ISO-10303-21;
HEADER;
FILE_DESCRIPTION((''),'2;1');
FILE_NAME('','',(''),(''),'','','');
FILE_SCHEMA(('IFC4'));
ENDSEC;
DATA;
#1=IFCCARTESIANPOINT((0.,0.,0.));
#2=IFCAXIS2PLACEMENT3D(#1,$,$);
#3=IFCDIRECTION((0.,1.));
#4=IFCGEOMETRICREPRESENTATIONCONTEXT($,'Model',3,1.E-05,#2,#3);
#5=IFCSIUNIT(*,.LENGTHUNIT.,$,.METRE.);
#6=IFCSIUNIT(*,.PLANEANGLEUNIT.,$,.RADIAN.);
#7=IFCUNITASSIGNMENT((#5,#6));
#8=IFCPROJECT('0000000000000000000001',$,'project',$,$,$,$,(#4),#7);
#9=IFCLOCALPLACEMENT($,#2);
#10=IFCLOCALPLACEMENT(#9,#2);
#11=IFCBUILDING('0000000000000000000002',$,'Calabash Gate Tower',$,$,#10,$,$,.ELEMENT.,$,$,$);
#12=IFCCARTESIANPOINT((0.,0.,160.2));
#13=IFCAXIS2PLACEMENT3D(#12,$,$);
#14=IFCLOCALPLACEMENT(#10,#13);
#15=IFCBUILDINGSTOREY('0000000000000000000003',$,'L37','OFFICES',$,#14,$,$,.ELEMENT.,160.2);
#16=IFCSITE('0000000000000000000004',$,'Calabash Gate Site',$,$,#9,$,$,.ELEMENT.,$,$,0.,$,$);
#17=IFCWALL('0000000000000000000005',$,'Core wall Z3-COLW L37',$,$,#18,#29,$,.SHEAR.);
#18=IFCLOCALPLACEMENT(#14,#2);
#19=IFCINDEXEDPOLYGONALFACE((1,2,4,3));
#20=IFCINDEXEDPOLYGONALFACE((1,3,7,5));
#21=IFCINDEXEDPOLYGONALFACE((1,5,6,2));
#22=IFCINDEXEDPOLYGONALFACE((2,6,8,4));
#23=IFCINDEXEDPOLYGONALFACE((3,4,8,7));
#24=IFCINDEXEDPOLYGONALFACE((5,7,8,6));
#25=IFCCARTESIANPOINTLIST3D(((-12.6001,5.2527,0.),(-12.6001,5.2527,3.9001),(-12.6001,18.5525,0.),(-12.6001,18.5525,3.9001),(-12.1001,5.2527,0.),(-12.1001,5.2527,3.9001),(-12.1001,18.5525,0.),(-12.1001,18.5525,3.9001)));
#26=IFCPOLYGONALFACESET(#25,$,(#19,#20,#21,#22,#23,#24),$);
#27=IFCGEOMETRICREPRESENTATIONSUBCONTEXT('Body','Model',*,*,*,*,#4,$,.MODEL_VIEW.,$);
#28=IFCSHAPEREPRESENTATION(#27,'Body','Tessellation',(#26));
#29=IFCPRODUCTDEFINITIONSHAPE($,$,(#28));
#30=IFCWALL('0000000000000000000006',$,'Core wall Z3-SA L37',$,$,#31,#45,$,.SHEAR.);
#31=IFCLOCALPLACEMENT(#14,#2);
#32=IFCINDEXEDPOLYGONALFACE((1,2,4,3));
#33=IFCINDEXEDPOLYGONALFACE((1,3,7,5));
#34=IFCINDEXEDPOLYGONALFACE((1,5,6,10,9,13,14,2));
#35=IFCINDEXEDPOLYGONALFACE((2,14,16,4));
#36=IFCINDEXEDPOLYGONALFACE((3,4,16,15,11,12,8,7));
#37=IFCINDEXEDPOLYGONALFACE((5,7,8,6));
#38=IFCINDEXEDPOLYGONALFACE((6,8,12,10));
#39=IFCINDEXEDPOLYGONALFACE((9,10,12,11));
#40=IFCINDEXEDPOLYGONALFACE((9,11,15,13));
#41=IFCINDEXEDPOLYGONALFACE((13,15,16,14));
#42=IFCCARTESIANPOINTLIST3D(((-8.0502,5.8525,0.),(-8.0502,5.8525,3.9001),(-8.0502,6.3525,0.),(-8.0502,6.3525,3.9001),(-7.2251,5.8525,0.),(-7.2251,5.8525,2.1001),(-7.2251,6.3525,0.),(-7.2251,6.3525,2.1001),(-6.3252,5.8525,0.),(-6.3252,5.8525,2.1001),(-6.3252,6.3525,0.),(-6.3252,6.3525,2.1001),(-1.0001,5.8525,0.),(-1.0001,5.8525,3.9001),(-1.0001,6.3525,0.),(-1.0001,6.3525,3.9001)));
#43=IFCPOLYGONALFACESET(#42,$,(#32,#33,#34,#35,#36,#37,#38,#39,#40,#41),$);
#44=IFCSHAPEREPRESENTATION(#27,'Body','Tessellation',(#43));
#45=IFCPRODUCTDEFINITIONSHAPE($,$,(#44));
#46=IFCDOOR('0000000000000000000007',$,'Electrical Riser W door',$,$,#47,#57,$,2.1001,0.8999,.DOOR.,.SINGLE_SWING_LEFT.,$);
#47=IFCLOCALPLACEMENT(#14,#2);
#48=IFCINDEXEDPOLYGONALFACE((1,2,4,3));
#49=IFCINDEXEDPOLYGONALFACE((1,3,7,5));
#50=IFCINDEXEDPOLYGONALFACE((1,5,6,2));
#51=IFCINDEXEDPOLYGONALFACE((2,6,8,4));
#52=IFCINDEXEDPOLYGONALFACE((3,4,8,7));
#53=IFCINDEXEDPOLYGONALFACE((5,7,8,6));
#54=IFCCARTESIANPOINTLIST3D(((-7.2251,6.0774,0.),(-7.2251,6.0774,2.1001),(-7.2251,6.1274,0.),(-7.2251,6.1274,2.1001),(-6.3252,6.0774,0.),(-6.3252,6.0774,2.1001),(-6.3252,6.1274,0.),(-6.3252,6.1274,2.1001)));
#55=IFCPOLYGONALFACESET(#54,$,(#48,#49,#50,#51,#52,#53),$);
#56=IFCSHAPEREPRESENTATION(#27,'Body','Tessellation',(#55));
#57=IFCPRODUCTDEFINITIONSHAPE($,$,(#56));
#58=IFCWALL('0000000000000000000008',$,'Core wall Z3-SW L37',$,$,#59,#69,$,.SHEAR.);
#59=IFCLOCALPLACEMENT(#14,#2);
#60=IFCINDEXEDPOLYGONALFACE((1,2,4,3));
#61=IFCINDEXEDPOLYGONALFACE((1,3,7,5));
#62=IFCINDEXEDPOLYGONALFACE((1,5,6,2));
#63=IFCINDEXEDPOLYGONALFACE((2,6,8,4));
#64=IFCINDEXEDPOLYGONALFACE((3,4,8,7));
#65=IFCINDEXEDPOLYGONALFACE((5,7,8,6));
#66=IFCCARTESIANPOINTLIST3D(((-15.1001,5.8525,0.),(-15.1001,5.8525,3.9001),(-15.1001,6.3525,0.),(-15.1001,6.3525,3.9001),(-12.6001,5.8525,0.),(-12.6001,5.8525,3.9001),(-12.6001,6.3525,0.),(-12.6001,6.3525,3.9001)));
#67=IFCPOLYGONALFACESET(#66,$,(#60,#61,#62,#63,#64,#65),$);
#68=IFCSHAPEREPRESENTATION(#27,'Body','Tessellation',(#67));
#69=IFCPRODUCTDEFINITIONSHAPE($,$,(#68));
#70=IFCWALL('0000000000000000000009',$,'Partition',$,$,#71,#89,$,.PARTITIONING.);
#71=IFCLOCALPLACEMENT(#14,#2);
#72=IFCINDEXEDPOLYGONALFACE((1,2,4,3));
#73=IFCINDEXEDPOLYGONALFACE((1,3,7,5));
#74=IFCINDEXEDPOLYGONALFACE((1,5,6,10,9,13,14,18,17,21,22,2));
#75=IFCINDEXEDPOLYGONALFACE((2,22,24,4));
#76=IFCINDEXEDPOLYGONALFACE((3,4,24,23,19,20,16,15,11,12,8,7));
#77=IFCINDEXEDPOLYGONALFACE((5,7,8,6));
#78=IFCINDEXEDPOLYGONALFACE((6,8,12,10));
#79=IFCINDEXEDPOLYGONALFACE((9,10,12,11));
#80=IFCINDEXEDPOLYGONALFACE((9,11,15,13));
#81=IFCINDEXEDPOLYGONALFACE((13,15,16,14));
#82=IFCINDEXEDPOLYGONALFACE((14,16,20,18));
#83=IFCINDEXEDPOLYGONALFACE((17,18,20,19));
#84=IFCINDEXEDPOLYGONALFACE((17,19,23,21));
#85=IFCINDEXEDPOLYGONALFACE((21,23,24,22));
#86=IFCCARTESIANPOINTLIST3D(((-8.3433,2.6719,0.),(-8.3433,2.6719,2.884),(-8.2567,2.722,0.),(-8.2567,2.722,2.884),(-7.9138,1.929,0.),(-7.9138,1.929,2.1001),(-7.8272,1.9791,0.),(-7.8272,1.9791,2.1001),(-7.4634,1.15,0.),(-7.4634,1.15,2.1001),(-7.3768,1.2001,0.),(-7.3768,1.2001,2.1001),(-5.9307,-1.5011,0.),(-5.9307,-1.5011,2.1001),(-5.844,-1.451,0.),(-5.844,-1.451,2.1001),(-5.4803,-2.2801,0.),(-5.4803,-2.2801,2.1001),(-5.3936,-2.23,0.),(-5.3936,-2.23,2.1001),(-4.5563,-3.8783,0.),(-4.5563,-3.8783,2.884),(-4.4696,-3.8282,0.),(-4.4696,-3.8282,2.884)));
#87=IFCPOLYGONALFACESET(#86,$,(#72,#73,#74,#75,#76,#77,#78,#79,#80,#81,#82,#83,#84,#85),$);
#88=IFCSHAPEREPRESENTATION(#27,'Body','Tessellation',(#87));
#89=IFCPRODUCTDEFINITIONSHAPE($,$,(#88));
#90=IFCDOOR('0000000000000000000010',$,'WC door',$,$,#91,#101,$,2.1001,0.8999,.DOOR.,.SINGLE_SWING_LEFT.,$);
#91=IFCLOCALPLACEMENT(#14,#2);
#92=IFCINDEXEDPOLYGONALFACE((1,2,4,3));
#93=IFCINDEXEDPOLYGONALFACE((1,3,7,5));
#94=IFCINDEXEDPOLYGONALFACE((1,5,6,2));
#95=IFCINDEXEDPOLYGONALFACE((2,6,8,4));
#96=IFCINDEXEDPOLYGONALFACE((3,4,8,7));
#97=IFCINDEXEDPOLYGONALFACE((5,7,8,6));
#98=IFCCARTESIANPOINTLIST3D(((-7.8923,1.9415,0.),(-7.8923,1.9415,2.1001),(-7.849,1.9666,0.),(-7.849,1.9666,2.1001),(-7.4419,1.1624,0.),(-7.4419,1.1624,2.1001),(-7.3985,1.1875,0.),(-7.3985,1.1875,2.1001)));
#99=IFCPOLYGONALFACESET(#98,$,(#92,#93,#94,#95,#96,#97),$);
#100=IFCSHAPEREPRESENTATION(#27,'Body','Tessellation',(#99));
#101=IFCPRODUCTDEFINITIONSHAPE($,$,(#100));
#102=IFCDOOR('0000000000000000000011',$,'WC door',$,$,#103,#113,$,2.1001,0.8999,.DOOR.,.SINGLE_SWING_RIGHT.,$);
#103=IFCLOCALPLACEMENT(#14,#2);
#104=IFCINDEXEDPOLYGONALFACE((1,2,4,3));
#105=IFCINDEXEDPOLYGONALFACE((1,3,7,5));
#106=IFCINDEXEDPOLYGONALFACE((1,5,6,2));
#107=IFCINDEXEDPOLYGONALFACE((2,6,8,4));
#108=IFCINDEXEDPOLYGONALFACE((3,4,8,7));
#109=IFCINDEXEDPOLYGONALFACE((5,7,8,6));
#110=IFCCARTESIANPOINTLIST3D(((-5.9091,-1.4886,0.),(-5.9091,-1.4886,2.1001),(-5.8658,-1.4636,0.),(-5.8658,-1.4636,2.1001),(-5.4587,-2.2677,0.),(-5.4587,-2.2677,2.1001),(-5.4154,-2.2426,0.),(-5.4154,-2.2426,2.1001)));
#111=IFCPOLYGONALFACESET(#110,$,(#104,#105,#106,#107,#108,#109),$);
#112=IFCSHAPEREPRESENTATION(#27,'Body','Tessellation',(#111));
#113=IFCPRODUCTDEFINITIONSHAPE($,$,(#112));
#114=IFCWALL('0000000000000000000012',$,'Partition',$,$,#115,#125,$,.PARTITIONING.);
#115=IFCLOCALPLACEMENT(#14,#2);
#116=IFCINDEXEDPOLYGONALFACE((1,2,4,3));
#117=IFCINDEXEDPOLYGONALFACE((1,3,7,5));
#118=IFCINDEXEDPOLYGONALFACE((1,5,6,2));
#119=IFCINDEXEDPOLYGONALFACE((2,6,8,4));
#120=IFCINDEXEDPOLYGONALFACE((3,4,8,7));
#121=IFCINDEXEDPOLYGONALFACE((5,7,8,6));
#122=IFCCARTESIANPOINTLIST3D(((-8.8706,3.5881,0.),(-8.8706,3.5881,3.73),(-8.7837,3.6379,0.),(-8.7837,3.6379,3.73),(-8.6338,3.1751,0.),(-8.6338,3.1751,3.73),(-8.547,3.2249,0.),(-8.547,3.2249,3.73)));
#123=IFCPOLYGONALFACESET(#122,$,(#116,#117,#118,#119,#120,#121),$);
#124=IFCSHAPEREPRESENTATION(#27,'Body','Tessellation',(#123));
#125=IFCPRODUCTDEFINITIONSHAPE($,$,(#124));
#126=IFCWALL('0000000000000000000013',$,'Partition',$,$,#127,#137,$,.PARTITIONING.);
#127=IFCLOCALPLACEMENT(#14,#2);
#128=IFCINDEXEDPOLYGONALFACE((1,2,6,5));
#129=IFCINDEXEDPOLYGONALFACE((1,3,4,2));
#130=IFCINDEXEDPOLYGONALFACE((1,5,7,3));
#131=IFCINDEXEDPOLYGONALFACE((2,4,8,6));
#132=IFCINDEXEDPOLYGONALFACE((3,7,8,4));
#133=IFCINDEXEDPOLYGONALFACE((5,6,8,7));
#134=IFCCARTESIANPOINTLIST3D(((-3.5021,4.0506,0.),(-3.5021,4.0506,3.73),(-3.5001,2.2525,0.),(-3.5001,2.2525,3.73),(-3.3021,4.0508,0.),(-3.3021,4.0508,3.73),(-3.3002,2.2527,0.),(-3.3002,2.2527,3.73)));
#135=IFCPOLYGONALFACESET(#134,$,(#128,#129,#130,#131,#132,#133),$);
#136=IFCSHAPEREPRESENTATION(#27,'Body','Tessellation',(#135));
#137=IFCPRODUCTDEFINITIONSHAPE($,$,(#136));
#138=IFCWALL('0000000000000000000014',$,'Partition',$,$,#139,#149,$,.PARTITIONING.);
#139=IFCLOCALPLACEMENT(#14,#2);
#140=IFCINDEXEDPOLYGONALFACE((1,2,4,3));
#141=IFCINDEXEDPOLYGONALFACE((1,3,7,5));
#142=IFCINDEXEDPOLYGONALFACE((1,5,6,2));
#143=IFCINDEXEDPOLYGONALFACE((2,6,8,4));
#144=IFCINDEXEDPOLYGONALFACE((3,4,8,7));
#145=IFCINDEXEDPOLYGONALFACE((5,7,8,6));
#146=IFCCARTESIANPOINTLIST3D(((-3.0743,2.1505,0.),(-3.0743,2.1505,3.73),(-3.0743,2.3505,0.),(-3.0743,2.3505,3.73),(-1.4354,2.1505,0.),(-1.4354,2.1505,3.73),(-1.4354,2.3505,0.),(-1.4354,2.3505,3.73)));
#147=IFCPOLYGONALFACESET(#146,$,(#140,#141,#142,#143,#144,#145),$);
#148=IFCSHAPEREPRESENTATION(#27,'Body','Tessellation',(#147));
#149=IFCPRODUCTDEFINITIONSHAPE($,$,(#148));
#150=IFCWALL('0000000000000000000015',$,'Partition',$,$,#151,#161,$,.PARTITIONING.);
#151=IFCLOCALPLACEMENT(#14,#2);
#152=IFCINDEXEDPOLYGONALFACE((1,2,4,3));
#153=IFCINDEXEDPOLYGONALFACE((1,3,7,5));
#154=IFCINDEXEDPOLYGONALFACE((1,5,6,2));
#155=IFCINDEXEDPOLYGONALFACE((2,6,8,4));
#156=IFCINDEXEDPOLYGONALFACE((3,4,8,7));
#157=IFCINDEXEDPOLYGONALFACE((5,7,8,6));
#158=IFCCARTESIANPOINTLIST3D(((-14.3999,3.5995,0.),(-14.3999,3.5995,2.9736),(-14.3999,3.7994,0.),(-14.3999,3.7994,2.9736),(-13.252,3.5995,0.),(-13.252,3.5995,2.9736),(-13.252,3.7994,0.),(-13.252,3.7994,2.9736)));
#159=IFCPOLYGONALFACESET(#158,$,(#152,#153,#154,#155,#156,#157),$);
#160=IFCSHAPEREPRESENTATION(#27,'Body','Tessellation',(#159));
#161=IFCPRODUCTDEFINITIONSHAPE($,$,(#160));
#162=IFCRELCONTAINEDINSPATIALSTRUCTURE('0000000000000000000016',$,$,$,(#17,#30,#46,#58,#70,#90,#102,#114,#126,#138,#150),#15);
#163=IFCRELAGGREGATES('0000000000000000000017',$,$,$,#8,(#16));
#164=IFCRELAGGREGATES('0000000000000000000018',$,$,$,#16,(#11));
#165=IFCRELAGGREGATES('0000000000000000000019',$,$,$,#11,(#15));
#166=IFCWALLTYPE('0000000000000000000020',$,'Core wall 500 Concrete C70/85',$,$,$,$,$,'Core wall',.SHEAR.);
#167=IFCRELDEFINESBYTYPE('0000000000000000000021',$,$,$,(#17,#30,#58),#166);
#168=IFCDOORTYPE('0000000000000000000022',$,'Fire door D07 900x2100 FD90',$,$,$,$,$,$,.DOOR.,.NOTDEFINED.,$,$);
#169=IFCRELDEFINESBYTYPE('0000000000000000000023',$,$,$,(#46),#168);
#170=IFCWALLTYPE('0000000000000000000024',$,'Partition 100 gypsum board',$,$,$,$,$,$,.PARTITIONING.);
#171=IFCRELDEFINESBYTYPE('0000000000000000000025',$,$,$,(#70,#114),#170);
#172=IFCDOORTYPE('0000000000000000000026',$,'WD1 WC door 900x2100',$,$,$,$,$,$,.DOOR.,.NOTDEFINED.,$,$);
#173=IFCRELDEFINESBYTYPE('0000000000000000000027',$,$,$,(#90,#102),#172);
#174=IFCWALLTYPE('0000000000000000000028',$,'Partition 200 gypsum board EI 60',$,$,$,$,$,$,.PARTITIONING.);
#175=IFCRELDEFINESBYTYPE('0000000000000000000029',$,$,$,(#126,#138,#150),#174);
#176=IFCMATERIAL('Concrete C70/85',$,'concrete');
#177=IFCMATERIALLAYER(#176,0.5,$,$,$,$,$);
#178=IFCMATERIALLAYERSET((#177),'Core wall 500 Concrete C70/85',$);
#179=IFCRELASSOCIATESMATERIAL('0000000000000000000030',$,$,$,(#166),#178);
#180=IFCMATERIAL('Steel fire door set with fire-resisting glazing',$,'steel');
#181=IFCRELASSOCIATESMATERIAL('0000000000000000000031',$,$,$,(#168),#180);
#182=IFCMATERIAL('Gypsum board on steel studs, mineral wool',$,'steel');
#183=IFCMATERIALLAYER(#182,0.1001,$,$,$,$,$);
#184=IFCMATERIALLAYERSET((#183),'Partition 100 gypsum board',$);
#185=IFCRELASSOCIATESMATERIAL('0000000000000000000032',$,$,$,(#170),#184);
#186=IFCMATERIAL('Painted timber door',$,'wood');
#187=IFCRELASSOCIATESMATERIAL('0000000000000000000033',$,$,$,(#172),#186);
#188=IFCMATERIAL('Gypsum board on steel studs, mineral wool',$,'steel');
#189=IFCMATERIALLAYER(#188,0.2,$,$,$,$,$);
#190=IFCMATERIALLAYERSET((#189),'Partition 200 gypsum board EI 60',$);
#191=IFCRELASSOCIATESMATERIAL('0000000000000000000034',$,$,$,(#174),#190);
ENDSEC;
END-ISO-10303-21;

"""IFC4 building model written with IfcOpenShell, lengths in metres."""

from ifc_helpers import new_model, si_unit, direction, frame, frame_2d, origin, place, context, subcontext, project, spatial, rectangle, extrude, material, layer, layer_set, type_object, element, fill, save


model = new_model("IFC4")

# Units and contexts
model_context = context("Model", 3, precision=1e-05, world=origin(), true_north=direction((0.0, 1.0)))
body_context = subcontext(model_context, "Body", "Model", "MODEL_VIEW")
ifc_project = project(units=[si_unit("LENGTHUNIT", "METRE"), si_unit("PLANEANGLEUNIT", "RADIAN")], contexts=[model_context])

# Site, building, storey
site_placement = place(None, origin())
site = spatial("IfcSite", under=ifc_project, at=site_placement, Name="Calabash Gate Site", CompositionType="ELEMENT", RefElevation=0.0)
building_placement = place(site_placement, origin())
building = spatial("IfcBuilding", under=site, at=building_placement, Name="Calabash Gate Tower", CompositionType="ELEMENT")
storey_placement = place(building_placement, frame((0.0, 0.0, 160.2)))
storey = spatial("IfcBuildingStorey", under=building, at=storey_placement, Name="L37", Description="OFFICES", CompositionType="ELEMENT", Elevation=160.2)

# Wall
ifc_material_1 = material(Name="Concrete C70/85", Category="concrete")
ifc_layer_1 = layer(ifc_material_1, 0.5)
ifc_layer_set_1 = layer_set([ifc_layer_1], Name="Core wall 500 Concrete C70/85")
wall_type_1 = type_object("IfcWallType", Name="Core wall 500 Concrete C70/85", ElementType="Core wall", PredefinedType="SHEAR", material=ifc_layer_set_1)
wall_1_placement = place(storey_placement, frame((-12.3501, 5.2527, 0.0), z_axis=(0.0, 0.0, 1.0), x_axis=(0.0, 1.0, 0.0)))
element("IfcWall", 1, at=wall_1_placement, inside=storey, type_object=wall_type_1, Name="Core wall Z3-COLW L37", PredefinedType="SHEAR", context=body_context, shape_type="SweptSolid", body=[
    extrude(rectangle(XDim=13.2998, YDim=0.5, at=frame_2d((6.6499, 0.0))), origin(), (0.0, 0.0, 1.0), 3.9001),
])

# Wall, opening, door
wall_2_placement = place(storey_placement, frame((-8.05, 6.1025, 0.0), z_axis=(0.0, 0.0, 1.0), x_axis=(1.0, 0.0, 0.0)))
wall_2 = element("IfcWall", 2, at=wall_2_placement, inside=storey, type_object=wall_type_1, Name="Core wall Z3-SA L37", PredefinedType="SHEAR", context=body_context, shape_type="SweptSolid", body=[
    extrude(rectangle(XDim=7.05, YDim=0.5, at=frame_2d((3.5249, 0.0))), origin(), (0.0, 0.0, 1.0), 3.9001),
])
opening_1_placement = place(wall_2_placement, frame((0.825, 0.0, 0.0)))
opening_1 = element("IfcOpeningElement", 3, at=opening_1_placement, cuts=wall_2, PredefinedType="OPENING", context=body_context, shape_type="SweptSolid", body=[
    extrude(rectangle(XDim=0.8999, YDim=2.1001, at=frame_2d((0.45, 1.05))), frame((0.0, 0.26, 0.0), z_axis=(0.0, -1.0, 0.0), x_axis=(1.0, 0.0, 0.0)), (0.0, 0.0, 1.0), 0.52),
])
ifc_material_2 = material(Name="Steel fire door set with fire-resisting glazing", Category="steel")
door_type_1 = type_object("IfcDoorType", Name="Fire door D07 900x2100 FD90", OperationType="NOTDEFINED", PredefinedType="DOOR", material=ifc_material_2)
door_1_placement = place(opening_1_placement, origin())
door_1 = element("IfcDoor", 4, at=door_1_placement, inside=storey, type_object=door_type_1, Name="Electrical Riser W door", OperationType="SINGLE_SWING_LEFT", OverallHeight=2.1001, OverallWidth=0.8999, PredefinedType="DOOR", context=body_context, shape_type="SweptSolid", body=[
    extrude(rectangle(XDim=0.8999, YDim=2.1001, at=frame_2d((0.45, 1.05))), frame((0.0, 0.0249, 0.0), z_axis=(0.0, -1.0, 0.0), x_axis=(1.0, 0.0, 0.0)), (0.0, 0.0, 1.0), 0.05),
])
fill(opening_1, door_1)

# Wall
wall_3_placement = place(storey_placement, frame((-12.6001, 6.1025, 0.0), z_axis=(0.0, 0.0, 1.0), x_axis=(-1.0, 0.0, 0.0)))
element("IfcWall", 5, at=wall_3_placement, inside=storey, type_object=wall_type_1, Name="Core wall Z3-SW L37", PredefinedType="SHEAR", context=body_context, shape_type="SweptSolid", body=[
    extrude(rectangle(XDim=2.5, YDim=0.5, at=frame_2d((1.25, 0.0))), origin(), (0.0, 0.0, 1.0), 3.9001),
])

# Wall, openings, doors
ifc_material_3 = material(Name="Gypsum board on steel studs, mineral wool", Category="steel")
ifc_layer_2 = layer(ifc_material_3, 0.1001)
ifc_layer_set_2 = layer_set([ifc_layer_2], Name="Partition 100 gypsum board")
wall_type_2 = type_object("IfcWallType", Name="Partition 100 gypsum board", PredefinedType="PARTITIONING", material=ifc_layer_set_2)
wall_4_placement = place(storey_placement, frame((-8.3, 2.697, 0.0), z_axis=(0.0, 0.0, 1.0), x_axis=(0.500525, -0.865722, 0.0)))
wall_4 = element("IfcWall", 6, at=wall_4_placement, inside=storey, type_object=wall_type_2, Name="Partition", PredefinedType="PARTITIONING", context=body_context, shape_type="SweptSolid", body=[
    extrude(rectangle(XDim=7.5662, YDim=0.1001, at=frame_2d((3.7832, 0.0))), origin(), (0.0, 0.0, 1.0), 2.884),
])
opening_2_placement = place(wall_4_placement, frame((0.8582, 0.0, 0.0)))
opening_2 = element("IfcOpeningElement", 7, at=opening_2_placement, cuts=wall_4, PredefinedType="OPENING", context=body_context, shape_type="SweptSolid", body=[
    extrude(rectangle(XDim=0.8999, YDim=2.1001, at=frame_2d((0.45, 1.05))), frame((0.0, 0.0601, 0.0), z_axis=(0.0, -1.0, 0.0), x_axis=(1.0, 0.0, 0.0)), (0.0, 0.0, 1.0), 0.1201),
])
opening_3_placement = place(wall_4_placement, frame((4.8203, 0.0, 0.0)))
opening_3 = element("IfcOpeningElement", 8, at=opening_3_placement, cuts=wall_4, PredefinedType="OPENING", context=body_context, shape_type="SweptSolid", body=[
    extrude(rectangle(XDim=0.8999, YDim=2.1001, at=frame_2d((0.45, 1.05))), frame((0.0, 0.0601, 0.0), z_axis=(0.0, -1.0, 0.0), x_axis=(1.0, 0.0, 0.0)), (0.0, 0.0, 1.0), 0.1201),
])
ifc_material_4 = material(Name="Painted timber door", Category="wood")
door_type_2 = type_object("IfcDoorType", Name="WD1 WC door 900x2100", OperationType="NOTDEFINED", PredefinedType="DOOR", material=ifc_material_4)
door_2_placement = place(opening_2_placement, origin())
door_2 = element("IfcDoor", 9, at=door_2_placement, inside=storey, type_object=door_type_2, Name="WC door", OperationType="SINGLE_SWING_LEFT", OverallHeight=2.1001, OverallWidth=0.8999, PredefinedType="DOOR", context=body_context, shape_type="SweptSolid", body=[
    extrude(rectangle(XDim=0.8999, YDim=2.1001, at=frame_2d((0.45, 1.05))), frame((0.0, 0.0249, 0.0), z_axis=(0.0, -1.0, 0.0), x_axis=(1.0, 0.0, 0.0)), (0.0, 0.0, 1.0), 0.05),
])
fill(opening_2, door_2)
door_3_placement = place(opening_3_placement, origin())
door_3 = element("IfcDoor", 10, at=door_3_placement, inside=storey, type_object=door_type_2, Name="WC door", OperationType="SINGLE_SWING_RIGHT", OverallHeight=2.1001, OverallWidth=0.8999, PredefinedType="DOOR", context=body_context, shape_type="SweptSolid", body=[
    extrude(rectangle(XDim=0.8999, YDim=2.1001, at=frame_2d((0.45, 1.05))), frame((0.0, 0.0249, 0.0), z_axis=(0.0, -1.0, 0.0), x_axis=(1.0, 0.0, 0.0)), (0.0, 0.0, 1.0), 0.05),
])
fill(opening_3, door_3)

# Wall
wall_5_placement = place(storey_placement, frame((-8.8271, 3.613, 0.0), z_axis=(0.0, 0.0, 1.0), x_axis=(0.497353, -0.867548, 0.0)))
element("IfcWall", 11, at=wall_5_placement, inside=storey, type_object=wall_type_2, Name="Partition", PredefinedType="PARTITIONING", context=body_context, shape_type="SweptSolid", body=[
    extrude(rectangle(XDim=0.4761, YDim=0.1001, at=frame_2d((0.238, 0.0))), origin(), (0.0, 0.0, 1.0), 3.73),
])

# Shared definitions
ifc_material_5 = material(Name="Gypsum board on steel studs, mineral wool", Category="steel")
ifc_layer_3 = layer(ifc_material_5, 0.2)
ifc_layer_set_3 = layer_set([ifc_layer_3], Name="Partition 200 gypsum board EI 60")
wall_type_3 = type_object("IfcWallType", Name="Partition 200 gypsum board EI 60", PredefinedType="PARTITIONING", material=ifc_layer_set_3)

# Walls
wall_6_placement = place(storey_placement, frame((-3.4021, 4.0505, 0.0), z_axis=(0.0, 0.0, 1.0), x_axis=(0.001086, -0.999999, 0.0)))
element("IfcWall", 12, at=wall_6_placement, inside=storey, type_object=wall_type_3, Name="Partition", PredefinedType="PARTITIONING", context=body_context, shape_type="SweptSolid", body=[
    extrude(rectangle(XDim=1.7981, YDim=0.2, at=frame_2d((0.8989, 0.0))), origin(), (0.0, 0.0, 1.0), 3.73),
])
wall_7_placement = place(storey_placement, frame((-3.0742, 2.2505, 0.0), z_axis=(0.0, 0.0, 1.0), x_axis=(1.0, 0.0, 0.0)))
element("IfcWall", 13, at=wall_7_placement, inside=storey, type_object=wall_type_3, Name="Partition", PredefinedType="PARTITIONING", context=body_context, shape_type="SweptSolid", body=[
    extrude(rectangle(XDim=1.6389, YDim=0.2, at=frame_2d((0.8193, 0.0))), origin(), (0.0, 0.0, 1.0), 3.73),
])
wall_8_placement = place(storey_placement, frame((-14.3999, 3.6995, 0.0), z_axis=(0.0, 0.0, 1.0), x_axis=(1.0, 0.0, 0.0)))
element("IfcWall", 14, at=wall_8_placement, inside=storey, type_object=wall_type_3, Name="Partition", PredefinedType="PARTITIONING", context=body_context, shape_type="SweptSolid", body=[
    extrude(rectangle(XDim=1.1479, YDim=0.2, at=frame_2d((0.574, 0.0))), origin(), (0.0, 0.0, 1.0), 2.9736),
])

save(model, "model.ifc")
